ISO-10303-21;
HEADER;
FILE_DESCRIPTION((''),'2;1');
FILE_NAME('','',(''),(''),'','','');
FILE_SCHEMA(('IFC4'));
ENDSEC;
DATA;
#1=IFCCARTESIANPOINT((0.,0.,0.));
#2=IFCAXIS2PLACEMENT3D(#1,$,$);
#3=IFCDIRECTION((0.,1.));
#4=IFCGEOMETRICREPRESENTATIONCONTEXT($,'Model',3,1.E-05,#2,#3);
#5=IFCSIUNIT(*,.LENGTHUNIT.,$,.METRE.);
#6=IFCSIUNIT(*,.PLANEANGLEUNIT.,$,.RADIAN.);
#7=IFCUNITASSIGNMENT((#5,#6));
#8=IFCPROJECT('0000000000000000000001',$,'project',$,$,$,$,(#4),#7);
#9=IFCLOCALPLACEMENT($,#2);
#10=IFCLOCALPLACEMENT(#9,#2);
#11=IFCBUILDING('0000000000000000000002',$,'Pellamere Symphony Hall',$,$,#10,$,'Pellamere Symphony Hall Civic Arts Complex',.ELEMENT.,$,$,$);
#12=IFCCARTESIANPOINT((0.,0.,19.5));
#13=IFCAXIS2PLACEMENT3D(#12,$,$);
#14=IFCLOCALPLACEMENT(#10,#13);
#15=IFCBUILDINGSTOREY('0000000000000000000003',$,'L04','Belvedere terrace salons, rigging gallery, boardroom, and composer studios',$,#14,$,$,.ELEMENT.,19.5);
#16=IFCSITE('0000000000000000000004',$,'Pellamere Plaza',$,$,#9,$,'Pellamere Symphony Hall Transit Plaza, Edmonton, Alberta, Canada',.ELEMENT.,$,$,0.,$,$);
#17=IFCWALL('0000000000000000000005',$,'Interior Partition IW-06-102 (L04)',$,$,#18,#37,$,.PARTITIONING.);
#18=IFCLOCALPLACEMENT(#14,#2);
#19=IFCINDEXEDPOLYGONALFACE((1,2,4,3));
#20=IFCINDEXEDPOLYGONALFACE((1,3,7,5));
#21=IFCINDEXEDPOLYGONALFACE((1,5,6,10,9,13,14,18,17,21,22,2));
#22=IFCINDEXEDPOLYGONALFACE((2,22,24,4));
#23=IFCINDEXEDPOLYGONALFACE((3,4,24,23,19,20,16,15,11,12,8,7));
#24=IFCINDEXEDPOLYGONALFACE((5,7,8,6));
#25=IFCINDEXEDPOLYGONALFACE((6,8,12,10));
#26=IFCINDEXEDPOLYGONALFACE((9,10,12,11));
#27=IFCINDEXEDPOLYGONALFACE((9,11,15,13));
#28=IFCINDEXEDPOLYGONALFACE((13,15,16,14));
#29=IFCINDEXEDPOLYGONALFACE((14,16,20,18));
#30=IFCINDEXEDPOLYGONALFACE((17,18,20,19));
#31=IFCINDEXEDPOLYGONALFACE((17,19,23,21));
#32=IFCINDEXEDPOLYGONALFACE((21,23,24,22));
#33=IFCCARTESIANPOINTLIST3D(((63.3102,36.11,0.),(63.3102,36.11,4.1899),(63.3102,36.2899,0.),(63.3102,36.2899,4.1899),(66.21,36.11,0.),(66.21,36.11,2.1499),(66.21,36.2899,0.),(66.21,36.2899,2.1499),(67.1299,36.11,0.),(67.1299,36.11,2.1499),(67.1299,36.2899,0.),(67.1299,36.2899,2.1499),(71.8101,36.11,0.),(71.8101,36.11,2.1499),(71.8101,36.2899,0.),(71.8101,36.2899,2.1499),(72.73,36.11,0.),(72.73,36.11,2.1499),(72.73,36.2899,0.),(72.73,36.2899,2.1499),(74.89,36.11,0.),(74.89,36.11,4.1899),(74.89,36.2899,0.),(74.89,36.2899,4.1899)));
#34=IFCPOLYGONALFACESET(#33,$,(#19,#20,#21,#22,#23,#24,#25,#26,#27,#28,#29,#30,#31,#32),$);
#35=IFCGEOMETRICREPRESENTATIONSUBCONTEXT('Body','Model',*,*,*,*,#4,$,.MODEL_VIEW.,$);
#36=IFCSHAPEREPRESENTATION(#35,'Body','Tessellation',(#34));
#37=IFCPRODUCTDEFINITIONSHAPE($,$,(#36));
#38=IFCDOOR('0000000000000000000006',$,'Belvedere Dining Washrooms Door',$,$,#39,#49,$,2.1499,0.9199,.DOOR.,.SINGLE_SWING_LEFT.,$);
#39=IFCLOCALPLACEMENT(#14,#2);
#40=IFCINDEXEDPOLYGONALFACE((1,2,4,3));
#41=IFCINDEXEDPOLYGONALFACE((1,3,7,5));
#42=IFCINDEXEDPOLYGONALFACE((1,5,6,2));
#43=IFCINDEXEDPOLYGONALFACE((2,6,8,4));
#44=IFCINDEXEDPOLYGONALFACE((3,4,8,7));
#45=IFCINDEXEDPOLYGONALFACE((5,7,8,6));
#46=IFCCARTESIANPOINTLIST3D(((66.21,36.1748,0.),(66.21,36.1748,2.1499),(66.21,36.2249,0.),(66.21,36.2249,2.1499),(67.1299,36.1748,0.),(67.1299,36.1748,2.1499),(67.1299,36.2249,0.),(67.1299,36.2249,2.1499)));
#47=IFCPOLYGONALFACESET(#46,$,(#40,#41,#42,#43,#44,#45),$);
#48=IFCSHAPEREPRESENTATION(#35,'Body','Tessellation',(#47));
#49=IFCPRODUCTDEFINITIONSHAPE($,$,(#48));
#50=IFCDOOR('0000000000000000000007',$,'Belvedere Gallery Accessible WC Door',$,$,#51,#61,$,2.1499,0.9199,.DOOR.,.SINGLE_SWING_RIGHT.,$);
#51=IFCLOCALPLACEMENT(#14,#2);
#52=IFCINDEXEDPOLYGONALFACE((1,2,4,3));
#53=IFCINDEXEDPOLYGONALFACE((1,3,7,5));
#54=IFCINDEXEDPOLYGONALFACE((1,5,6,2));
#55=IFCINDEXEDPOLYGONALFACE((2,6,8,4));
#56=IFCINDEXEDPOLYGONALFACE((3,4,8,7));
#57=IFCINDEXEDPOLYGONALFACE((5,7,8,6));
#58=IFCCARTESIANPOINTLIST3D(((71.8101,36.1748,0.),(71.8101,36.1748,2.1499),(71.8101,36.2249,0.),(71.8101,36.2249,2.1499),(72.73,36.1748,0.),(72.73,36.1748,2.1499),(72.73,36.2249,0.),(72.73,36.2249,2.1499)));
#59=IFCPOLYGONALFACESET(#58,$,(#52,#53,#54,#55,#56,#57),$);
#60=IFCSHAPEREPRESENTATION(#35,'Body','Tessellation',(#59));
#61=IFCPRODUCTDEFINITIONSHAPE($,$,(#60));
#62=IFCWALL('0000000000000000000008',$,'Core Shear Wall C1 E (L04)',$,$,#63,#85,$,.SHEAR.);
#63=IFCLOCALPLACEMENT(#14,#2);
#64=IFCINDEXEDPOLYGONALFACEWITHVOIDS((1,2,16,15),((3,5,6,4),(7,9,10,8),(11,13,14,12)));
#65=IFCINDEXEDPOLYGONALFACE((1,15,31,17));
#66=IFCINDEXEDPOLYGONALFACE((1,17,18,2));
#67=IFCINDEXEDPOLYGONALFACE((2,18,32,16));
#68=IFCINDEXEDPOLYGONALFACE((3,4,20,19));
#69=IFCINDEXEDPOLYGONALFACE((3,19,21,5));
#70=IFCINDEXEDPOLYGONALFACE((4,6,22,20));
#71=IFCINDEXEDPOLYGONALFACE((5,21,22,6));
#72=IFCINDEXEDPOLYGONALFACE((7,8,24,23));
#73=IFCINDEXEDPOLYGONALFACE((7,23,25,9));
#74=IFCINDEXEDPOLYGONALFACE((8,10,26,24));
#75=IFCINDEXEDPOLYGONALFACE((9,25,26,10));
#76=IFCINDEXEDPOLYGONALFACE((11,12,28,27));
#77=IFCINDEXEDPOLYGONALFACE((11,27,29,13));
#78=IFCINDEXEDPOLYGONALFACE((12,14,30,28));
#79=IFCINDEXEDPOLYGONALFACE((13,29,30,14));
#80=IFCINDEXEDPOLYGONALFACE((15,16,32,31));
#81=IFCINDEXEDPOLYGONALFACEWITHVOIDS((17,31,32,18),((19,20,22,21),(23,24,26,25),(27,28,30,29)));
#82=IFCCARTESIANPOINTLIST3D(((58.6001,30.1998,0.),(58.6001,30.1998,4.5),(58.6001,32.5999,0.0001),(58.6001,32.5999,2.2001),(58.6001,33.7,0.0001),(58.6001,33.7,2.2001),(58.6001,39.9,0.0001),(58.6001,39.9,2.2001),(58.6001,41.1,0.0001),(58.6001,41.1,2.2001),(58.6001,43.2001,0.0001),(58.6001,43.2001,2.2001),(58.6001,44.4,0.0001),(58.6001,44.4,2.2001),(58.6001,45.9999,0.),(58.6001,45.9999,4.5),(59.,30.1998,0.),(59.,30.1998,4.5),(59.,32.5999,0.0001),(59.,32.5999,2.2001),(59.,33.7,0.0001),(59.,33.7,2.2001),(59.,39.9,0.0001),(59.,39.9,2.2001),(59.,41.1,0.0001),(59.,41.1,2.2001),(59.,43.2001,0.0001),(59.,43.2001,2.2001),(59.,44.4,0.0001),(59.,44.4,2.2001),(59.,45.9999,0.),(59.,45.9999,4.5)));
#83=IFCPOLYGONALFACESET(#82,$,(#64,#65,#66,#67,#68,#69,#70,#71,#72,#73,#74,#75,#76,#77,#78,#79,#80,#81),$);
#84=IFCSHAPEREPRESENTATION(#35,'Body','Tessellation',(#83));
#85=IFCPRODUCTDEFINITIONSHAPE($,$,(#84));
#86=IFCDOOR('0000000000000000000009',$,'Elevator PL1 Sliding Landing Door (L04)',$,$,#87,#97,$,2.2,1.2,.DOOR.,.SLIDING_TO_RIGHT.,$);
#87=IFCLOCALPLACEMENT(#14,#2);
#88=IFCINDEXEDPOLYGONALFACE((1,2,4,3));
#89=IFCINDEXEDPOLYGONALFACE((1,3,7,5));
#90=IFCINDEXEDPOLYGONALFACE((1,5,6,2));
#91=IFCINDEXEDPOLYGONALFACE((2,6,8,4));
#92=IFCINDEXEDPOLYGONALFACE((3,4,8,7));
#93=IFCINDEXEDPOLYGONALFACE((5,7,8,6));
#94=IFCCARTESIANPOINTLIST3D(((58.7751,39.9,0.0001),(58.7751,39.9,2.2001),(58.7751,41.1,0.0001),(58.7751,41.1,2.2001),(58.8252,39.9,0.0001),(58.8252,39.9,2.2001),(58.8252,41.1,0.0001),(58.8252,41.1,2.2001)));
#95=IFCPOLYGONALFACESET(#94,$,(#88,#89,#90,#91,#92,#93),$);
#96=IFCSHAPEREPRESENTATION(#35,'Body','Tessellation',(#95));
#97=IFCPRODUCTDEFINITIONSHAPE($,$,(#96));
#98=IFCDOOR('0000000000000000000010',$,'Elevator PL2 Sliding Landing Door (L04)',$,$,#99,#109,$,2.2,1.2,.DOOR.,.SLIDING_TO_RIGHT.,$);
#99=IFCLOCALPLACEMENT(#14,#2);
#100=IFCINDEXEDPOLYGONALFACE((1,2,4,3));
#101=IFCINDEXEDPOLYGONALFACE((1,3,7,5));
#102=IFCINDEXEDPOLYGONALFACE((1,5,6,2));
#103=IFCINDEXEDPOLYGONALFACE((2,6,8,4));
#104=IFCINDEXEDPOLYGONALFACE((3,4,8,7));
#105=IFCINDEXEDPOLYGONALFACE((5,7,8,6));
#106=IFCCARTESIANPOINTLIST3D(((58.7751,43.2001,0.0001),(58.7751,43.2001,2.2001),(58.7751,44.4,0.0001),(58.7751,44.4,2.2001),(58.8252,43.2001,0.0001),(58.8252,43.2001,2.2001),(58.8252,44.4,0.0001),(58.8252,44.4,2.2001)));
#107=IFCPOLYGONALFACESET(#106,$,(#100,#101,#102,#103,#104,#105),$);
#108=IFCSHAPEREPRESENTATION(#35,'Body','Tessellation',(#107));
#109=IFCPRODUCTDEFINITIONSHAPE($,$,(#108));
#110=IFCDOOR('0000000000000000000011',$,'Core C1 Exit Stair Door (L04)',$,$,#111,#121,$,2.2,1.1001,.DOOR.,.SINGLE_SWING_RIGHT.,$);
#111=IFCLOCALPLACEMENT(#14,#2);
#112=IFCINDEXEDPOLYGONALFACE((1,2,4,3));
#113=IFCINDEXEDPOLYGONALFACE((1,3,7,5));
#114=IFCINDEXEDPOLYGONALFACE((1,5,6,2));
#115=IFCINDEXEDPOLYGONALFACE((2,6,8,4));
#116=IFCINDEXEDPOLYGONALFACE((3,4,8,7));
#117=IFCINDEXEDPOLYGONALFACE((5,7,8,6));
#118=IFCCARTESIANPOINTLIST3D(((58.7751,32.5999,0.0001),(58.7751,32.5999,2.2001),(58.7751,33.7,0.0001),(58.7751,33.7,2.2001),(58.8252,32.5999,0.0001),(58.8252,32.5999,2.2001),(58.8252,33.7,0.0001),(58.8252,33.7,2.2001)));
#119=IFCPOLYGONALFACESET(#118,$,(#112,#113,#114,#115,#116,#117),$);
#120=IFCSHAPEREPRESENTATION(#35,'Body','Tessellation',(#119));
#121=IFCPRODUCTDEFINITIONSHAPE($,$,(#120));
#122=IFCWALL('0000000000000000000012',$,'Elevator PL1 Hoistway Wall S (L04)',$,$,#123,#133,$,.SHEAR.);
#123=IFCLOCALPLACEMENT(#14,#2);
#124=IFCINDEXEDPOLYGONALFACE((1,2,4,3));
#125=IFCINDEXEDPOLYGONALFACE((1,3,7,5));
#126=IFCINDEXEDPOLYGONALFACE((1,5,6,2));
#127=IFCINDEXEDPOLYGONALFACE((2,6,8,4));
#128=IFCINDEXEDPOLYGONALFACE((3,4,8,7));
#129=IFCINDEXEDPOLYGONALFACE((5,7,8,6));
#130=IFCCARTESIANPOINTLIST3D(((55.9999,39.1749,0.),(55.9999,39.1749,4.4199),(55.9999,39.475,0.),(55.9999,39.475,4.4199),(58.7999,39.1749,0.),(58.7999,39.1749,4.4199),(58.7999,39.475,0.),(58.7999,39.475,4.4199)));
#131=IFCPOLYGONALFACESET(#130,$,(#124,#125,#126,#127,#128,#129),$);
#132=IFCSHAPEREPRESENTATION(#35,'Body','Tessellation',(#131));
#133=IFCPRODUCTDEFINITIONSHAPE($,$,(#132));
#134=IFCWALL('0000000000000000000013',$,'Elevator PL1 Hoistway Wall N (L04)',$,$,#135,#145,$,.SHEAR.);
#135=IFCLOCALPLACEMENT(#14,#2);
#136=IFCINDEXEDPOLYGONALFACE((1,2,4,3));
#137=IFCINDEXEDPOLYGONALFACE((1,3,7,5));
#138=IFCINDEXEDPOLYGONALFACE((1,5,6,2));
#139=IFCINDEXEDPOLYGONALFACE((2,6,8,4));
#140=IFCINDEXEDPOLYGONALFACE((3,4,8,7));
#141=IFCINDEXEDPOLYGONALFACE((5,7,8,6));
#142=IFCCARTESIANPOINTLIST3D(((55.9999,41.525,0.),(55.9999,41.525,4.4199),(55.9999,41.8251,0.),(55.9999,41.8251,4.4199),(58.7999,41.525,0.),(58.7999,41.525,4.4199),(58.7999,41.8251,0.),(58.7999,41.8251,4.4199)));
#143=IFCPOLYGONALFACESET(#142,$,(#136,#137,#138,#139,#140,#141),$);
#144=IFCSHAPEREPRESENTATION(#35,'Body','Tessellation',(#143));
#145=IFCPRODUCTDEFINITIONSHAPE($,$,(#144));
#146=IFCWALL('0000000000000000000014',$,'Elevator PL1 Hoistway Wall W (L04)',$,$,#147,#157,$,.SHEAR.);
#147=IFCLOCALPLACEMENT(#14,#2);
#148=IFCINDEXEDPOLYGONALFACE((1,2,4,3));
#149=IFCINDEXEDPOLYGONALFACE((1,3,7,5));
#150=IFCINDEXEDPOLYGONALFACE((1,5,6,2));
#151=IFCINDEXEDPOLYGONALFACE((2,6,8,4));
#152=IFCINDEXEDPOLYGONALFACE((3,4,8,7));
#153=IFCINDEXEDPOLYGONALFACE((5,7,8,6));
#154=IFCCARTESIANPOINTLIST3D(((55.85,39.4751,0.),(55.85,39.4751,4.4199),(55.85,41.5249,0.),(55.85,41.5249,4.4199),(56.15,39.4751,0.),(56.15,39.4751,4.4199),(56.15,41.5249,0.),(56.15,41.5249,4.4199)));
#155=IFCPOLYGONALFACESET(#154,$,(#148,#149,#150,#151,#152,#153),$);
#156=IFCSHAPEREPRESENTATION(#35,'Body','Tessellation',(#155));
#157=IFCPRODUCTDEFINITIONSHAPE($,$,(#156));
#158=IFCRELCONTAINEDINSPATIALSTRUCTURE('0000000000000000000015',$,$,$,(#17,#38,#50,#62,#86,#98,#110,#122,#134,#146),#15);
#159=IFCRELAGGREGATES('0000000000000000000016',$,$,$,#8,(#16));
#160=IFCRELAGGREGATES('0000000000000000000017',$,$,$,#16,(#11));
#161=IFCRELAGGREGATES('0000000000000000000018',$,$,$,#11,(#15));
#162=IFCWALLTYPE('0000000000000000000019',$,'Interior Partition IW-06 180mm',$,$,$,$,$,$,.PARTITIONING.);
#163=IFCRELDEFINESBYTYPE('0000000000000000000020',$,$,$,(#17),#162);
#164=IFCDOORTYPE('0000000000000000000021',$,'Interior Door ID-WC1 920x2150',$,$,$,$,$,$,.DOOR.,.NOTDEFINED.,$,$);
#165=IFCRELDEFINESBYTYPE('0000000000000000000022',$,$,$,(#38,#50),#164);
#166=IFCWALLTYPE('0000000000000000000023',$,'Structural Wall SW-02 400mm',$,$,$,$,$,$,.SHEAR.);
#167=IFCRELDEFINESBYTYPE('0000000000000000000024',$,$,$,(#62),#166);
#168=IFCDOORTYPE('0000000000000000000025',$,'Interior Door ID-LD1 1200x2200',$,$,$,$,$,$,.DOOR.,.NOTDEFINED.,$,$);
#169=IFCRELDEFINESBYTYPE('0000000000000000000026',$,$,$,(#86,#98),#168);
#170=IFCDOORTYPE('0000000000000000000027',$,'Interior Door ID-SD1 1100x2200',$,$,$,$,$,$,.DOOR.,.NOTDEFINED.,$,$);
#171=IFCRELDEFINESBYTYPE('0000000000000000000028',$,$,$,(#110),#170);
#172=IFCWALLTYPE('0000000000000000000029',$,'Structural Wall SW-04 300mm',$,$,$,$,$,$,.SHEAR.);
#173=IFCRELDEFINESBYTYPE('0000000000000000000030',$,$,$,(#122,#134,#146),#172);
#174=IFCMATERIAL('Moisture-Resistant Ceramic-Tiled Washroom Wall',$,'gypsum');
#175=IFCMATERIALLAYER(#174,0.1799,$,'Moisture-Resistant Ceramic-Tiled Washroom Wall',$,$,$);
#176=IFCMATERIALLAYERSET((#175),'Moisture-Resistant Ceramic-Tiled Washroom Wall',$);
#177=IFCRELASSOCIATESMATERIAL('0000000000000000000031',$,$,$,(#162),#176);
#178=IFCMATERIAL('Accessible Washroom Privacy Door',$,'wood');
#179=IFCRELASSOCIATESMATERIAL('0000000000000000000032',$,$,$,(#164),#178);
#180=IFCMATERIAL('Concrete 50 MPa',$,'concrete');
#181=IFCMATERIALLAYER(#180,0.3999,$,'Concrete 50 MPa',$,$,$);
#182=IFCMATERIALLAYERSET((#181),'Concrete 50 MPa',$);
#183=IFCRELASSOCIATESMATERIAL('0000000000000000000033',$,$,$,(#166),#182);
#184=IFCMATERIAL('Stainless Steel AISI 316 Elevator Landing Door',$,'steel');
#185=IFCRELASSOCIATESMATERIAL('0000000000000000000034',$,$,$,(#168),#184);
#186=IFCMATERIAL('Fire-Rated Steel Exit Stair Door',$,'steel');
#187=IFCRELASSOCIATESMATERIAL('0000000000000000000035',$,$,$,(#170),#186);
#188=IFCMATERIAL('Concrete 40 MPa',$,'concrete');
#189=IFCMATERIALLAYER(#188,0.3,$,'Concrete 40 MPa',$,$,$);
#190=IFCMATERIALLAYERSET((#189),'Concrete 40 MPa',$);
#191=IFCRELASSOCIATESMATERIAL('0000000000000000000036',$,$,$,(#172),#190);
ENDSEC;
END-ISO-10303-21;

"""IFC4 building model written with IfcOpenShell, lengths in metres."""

from ifc_helpers import new_model, si_unit, direction, frame, frame_2d, origin, place, context, subcontext, project, spatial, rectangle, extrude, material, layer, layer_set, type_object, element, fill, save


model = new_model("IFC4")

# Units and contexts
model_context = context("Model", 3, precision=1e-05, world=origin(), true_north=direction((0.0, 1.0)))
body_context = subcontext(model_context, "Body", "Model", "MODEL_VIEW")
ifc_project = project(units=[si_unit("LENGTHUNIT", "METRE"), si_unit("PLANEANGLEUNIT", "RADIAN")], contexts=[model_context])

# Site, building, storey
site_placement = place(None, origin())
site = spatial("IfcSite", under=ifc_project, at=site_placement, Name="Pellamere Plaza", LongName="Pellamere Symphony Hall Transit Plaza, Edmonton, Alberta, Canada", CompositionType="ELEMENT", RefElevation=0.0)
building_placement = place(site_placement, origin())
building = spatial("IfcBuilding", under=site, at=building_placement, Name="Pellamere Symphony Hall", LongName="Pellamere Symphony Hall Civic Arts Complex", CompositionType="ELEMENT")
storey_placement = place(building_placement, frame((0.0, 0.0, 19.5)))
storey = spatial("IfcBuildingStorey", under=building, at=storey_placement, Name="L04", Description="Belvedere terrace salons, rigging gallery, boardroom, and composer studios", CompositionType="ELEMENT", Elevation=19.5)

# Shared definitions
ifc_material_1 = material(Name="Concrete 40 MPa", Category="concrete")

# Walls, openings, doors
ifc_material_2 = material(Name="Moisture-Resistant Ceramic-Tiled Washroom Wall", Category="gypsum")
ifc_layer_1 = layer(ifc_material_2, 0.1799, Name="Moisture-Resistant Ceramic-Tiled Washroom Wall")
ifc_layer_set_1 = layer_set([ifc_layer_1], Name="Moisture-Resistant Ceramic-Tiled Washroom Wall")
wall_type_1 = type_object("IfcWallType", Name="Interior Partition IW-06 180mm", PredefinedType="PARTITIONING", material=ifc_layer_set_1)
wall_1_placement = place(storey_placement, frame((63.3101, 36.2, 0.0), z_axis=(0.0, 0.0, 1.0), x_axis=(1.0, 0.0, 0.0)))
wall_1 = element("IfcWall", 1, at=wall_1_placement, inside=storey, type_object=wall_type_1, Name="Interior Partition IW-06-102 (L04)", PredefinedType="PARTITIONING", context=body_context, shape_type="SweptSolid", body=[
    extrude(rectangle(XDim=11.5798, YDim=0.1799, at=frame_2d((5.79, 0.0))), origin(), (0.0, 0.0, 1.0), 4.1899),
])
opening_1_placement = place(wall_1_placement, frame((2.8999, 0.0, 0.0)))
opening_1 = element("IfcOpeningElement", 2, at=opening_1_placement, cuts=wall_1, PredefinedType="OPENING", context=body_context, shape_type="SweptSolid", body=[
    extrude(rectangle(XDim=0.9199, YDim=2.1499, at=frame_2d((0.46, 1.075))), frame((0.0, 0.0999, 0.0), z_axis=(0.0, -1.0, 0.0), x_axis=(1.0, 0.0, 0.0)), (0.0, 0.0, 1.0), 0.2),
])
opening_2_placement = place(wall_1_placement, frame((8.5, 0.0, 0.0)))
opening_2 = element("IfcOpeningElement", 3, at=opening_2_placement, cuts=wall_1, PredefinedType="OPENING", context=body_context, shape_type="SweptSolid", body=[
    extrude(rectangle(XDim=0.9199, YDim=2.1499, at=frame_2d((0.46, 1.075))), frame((0.0, 0.0999, 0.0), z_axis=(0.0, -1.0, 0.0), x_axis=(1.0, 0.0, 0.0)), (0.0, 0.0, 1.0), 0.2),
])
ifc_material_3 = material(Name="Accessible Washroom Privacy Door", Category="wood")
door_type_1 = type_object("IfcDoorType", Name="Interior Door ID-WC1 920x2150", OperationType="NOTDEFINED", PredefinedType="DOOR", material=ifc_material_3)
door_1_placement = place(opening_1_placement, origin())
door_1 = element("IfcDoor", 4, at=door_1_placement, inside=storey, type_object=door_type_1, Name="Belvedere Dining Washrooms Door", OperationType="SINGLE_SWING_LEFT", OverallHeight=2.1499, OverallWidth=0.9199, PredefinedType="DOOR", context=body_context, shape_type="SweptSolid", body=[
    extrude(rectangle(XDim=0.9199, YDim=2.1499, at=frame_2d((0.46, 1.075))), frame((0.0, 0.0249, 0.0), z_axis=(0.0, -1.0, 0.0), x_axis=(1.0, 0.0, 0.0)), (0.0, 0.0, 1.0), 0.05),
])
fill(opening_1, door_1)
door_2_placement = place(opening_2_placement, origin())
door_2 = element("IfcDoor", 5, at=door_2_placement, inside=storey, type_object=door_type_1, Name="Belvedere Gallery Accessible WC Door", OperationType="SINGLE_SWING_RIGHT", OverallHeight=2.1499, OverallWidth=0.9199, PredefinedType="DOOR", context=body_context, shape_type="SweptSolid", body=[
    extrude(rectangle(XDim=0.9199, YDim=2.1499, at=frame_2d((0.46, 1.075))), frame((0.0, 0.0249, 0.0), z_axis=(0.0, -1.0, 0.0), x_axis=(1.0, 0.0, 0.0)), (0.0, 0.0, 1.0), 0.05),
])
fill(opening_2, door_2)
ifc_material_4 = material(Name="Concrete 50 MPa", Category="concrete")
ifc_layer_2 = layer(ifc_material_4, 0.3999, Name="Concrete 50 MPa")
ifc_layer_set_2 = layer_set([ifc_layer_2], Name="Concrete 50 MPa")
wall_type_2 = type_object("IfcWallType", Name="Structural Wall SW-02 400mm", PredefinedType="SHEAR", material=ifc_layer_set_2)
wall_2_placement = place(storey_placement, frame((58.8, 30.2, 0.0), z_axis=(0.0, 0.0, 1.0), x_axis=(0.0, 1.0, 0.0)))
wall_2 = element("IfcWall", 6, at=wall_2_placement, inside=storey, type_object=wall_type_2, Name="Core Shear Wall C1 E (L04)", PredefinedType="SHEAR", context=body_context, shape_type="SweptSolid", body=[
    extrude(rectangle(XDim=15.8, YDim=0.3999, at=frame_2d((7.8999, 0.0))), origin(), (0.0, 0.0, 1.0), 4.5),
])
opening_3_placement = place(wall_2_placement, frame((9.7, 0.0, 0.0)))
opening_3 = element("IfcOpeningElement", 7, at=opening_3_placement, cuts=wall_2, PredefinedType="OPENING", context=body_context, shape_type="SweptSolid", body=[
    extrude(rectangle(XDim=1.2, YDim=2.2, at=frame_2d((0.6001, 1.1001))), frame((0.0, 0.21, 0.0), z_axis=(0.0, -1.0, 0.0), x_axis=(1.0, 0.0, 0.0)), (0.0, 0.0, 1.0), 0.4199),
])
opening_4_placement = place(wall_2_placement, frame((13.0, 0.0, 0.0)))
opening_4 = element("IfcOpeningElement", 8, at=opening_4_placement, cuts=wall_2, PredefinedType="OPENING", context=body_context, shape_type="SweptSolid", body=[
    extrude(rectangle(XDim=1.2, YDim=2.2, at=frame_2d((0.6001, 1.1001))), frame((0.0, 0.21, 0.0), z_axis=(0.0, -1.0, 0.0), x_axis=(1.0, 0.0, 0.0)), (0.0, 0.0, 1.0), 0.4199),
])
opening_5_placement = place(wall_2_placement, frame((2.3999, 0.0, 0.0)))
opening_5 = element("IfcOpeningElement", 9, at=opening_5_placement, cuts=wall_2, PredefinedType="OPENING", context=body_context, shape_type="SweptSolid", body=[
    extrude(rectangle(XDim=1.1001, YDim=2.2, at=frame_2d((0.55, 1.1001))), frame((0.0, 0.21, 0.0), z_axis=(0.0, -1.0, 0.0), x_axis=(1.0, 0.0, 0.0)), (0.0, 0.0, 1.0), 0.4199),
])
ifc_material_5 = material(Name="Stainless Steel AISI 316 Elevator Landing Door", Category="steel")
door_type_2 = type_object("IfcDoorType", Name="Interior Door ID-LD1 1200x2200", OperationType="NOTDEFINED", PredefinedType="DOOR", material=ifc_material_5)
door_3_placement = place(opening_3_placement, origin())
door_3 = element("IfcDoor", 10, at=door_3_placement, inside=storey, type_object=door_type_2, Name="Elevator PL1 Sliding Landing Door (L04)", OperationType="SLIDING_TO_RIGHT", OverallHeight=2.2, OverallWidth=1.2, PredefinedType="DOOR", context=body_context, shape_type="SweptSolid", body=[
    extrude(rectangle(XDim=1.2, YDim=2.2, at=frame_2d((0.6001, 1.1001))), frame((0.0, 0.0249, 0.0), z_axis=(0.0, -1.0, 0.0), x_axis=(1.0, 0.0, 0.0)), (0.0, 0.0, 1.0), 0.05),
])
fill(opening_3, door_3)
door_4_placement = place(opening_4_placement, origin())
door_4 = element("IfcDoor", 11, at=door_4_placement, inside=storey, type_object=door_type_2, Name="Elevator PL2 Sliding Landing Door (L04)", OperationType="SLIDING_TO_RIGHT", OverallHeight=2.2, OverallWidth=1.2, PredefinedType="DOOR", context=body_context, shape_type="SweptSolid", body=[
    extrude(rectangle(XDim=1.2, YDim=2.2, at=frame_2d((0.6001, 1.1001))), frame((0.0, 0.0249, 0.0), z_axis=(0.0, -1.0, 0.0), x_axis=(1.0, 0.0, 0.0)), (0.0, 0.0, 1.0), 0.05),
])
fill(opening_4, door_4)
ifc_material_6 = material(Name="Fire-Rated Steel Exit Stair Door", Category="steel")
door_type_3 = type_object("IfcDoorType", Name="Interior Door ID-SD1 1100x2200", OperationType="NOTDEFINED", PredefinedType="DOOR", material=ifc_material_6)
door_5_placement = place(opening_5_placement, origin())
door_5 = element("IfcDoor", 12, at=door_5_placement, inside=storey, type_object=door_type_3, Name="Core C1 Exit Stair Door (L04)", OperationType="SINGLE_SWING_RIGHT", OverallHeight=2.2, OverallWidth=1.1001, PredefinedType="DOOR", context=body_context, shape_type="SweptSolid", body=[
    extrude(rectangle(XDim=1.1001, YDim=2.2, at=frame_2d((0.55, 1.1001))), frame((0.0, 0.0249, 0.0), z_axis=(0.0, -1.0, 0.0), x_axis=(1.0, 0.0, 0.0)), (0.0, 0.0, 1.0), 0.05),
])
fill(opening_5, door_5)

# Walls
ifc_layer_3 = layer(ifc_material_1, 0.3, Name="Concrete 40 MPa")
ifc_layer_set_3 = layer_set([ifc_layer_3], Name="Concrete 40 MPa")
wall_type_3 = type_object("IfcWallType", Name="Structural Wall SW-04 300mm", PredefinedType="SHEAR", material=ifc_layer_set_3)
for number, where, z_axis, x_axis, name in (
    (13, (56.0, 39.325, 0.0), (0.0, 0.0, 1.0), (1.0, 0.0, 0.0), "Elevator PL1 Hoistway Wall S (L04)"),
    (14, (56.0, 41.675, 0.0), (0.0, 0.0, 1.0), (1.0, 0.0, 0.0), "Elevator PL1 Hoistway Wall N (L04)"),
):
    element("IfcWall", number, at=place(storey_placement, frame(where, z_axis=z_axis, x_axis=x_axis)), inside=storey, type_object=wall_type_3, Name=name, PredefinedType="SHEAR", context=body_context, shape_type="SweptSolid", body=[
        extrude(rectangle(XDim=2.8, YDim=0.3, at=frame_2d((1.3999, 0.0))), origin(), (0.0, 0.0, 1.0), 4.4199),
    ])
wall_3_placement = place(storey_placement, frame((56.0, 39.4751, 0.0), z_axis=(0.0, 0.0, 1.0), x_axis=(0.0, 1.0, 0.0)))
element("IfcWall", 15, at=wall_3_placement, inside=storey, type_object=wall_type_3, Name="Elevator PL1 Hoistway Wall W (L04)", PredefinedType="SHEAR", context=body_context, shape_type="SweptSolid", body=[
    extrude(rectangle(XDim=2.0498, YDim=0.3, at=frame_2d((1.0249, 0.0))), origin(), (0.0, 0.0, 1.0), 4.4199),
])

save(model, "model.ifc")
